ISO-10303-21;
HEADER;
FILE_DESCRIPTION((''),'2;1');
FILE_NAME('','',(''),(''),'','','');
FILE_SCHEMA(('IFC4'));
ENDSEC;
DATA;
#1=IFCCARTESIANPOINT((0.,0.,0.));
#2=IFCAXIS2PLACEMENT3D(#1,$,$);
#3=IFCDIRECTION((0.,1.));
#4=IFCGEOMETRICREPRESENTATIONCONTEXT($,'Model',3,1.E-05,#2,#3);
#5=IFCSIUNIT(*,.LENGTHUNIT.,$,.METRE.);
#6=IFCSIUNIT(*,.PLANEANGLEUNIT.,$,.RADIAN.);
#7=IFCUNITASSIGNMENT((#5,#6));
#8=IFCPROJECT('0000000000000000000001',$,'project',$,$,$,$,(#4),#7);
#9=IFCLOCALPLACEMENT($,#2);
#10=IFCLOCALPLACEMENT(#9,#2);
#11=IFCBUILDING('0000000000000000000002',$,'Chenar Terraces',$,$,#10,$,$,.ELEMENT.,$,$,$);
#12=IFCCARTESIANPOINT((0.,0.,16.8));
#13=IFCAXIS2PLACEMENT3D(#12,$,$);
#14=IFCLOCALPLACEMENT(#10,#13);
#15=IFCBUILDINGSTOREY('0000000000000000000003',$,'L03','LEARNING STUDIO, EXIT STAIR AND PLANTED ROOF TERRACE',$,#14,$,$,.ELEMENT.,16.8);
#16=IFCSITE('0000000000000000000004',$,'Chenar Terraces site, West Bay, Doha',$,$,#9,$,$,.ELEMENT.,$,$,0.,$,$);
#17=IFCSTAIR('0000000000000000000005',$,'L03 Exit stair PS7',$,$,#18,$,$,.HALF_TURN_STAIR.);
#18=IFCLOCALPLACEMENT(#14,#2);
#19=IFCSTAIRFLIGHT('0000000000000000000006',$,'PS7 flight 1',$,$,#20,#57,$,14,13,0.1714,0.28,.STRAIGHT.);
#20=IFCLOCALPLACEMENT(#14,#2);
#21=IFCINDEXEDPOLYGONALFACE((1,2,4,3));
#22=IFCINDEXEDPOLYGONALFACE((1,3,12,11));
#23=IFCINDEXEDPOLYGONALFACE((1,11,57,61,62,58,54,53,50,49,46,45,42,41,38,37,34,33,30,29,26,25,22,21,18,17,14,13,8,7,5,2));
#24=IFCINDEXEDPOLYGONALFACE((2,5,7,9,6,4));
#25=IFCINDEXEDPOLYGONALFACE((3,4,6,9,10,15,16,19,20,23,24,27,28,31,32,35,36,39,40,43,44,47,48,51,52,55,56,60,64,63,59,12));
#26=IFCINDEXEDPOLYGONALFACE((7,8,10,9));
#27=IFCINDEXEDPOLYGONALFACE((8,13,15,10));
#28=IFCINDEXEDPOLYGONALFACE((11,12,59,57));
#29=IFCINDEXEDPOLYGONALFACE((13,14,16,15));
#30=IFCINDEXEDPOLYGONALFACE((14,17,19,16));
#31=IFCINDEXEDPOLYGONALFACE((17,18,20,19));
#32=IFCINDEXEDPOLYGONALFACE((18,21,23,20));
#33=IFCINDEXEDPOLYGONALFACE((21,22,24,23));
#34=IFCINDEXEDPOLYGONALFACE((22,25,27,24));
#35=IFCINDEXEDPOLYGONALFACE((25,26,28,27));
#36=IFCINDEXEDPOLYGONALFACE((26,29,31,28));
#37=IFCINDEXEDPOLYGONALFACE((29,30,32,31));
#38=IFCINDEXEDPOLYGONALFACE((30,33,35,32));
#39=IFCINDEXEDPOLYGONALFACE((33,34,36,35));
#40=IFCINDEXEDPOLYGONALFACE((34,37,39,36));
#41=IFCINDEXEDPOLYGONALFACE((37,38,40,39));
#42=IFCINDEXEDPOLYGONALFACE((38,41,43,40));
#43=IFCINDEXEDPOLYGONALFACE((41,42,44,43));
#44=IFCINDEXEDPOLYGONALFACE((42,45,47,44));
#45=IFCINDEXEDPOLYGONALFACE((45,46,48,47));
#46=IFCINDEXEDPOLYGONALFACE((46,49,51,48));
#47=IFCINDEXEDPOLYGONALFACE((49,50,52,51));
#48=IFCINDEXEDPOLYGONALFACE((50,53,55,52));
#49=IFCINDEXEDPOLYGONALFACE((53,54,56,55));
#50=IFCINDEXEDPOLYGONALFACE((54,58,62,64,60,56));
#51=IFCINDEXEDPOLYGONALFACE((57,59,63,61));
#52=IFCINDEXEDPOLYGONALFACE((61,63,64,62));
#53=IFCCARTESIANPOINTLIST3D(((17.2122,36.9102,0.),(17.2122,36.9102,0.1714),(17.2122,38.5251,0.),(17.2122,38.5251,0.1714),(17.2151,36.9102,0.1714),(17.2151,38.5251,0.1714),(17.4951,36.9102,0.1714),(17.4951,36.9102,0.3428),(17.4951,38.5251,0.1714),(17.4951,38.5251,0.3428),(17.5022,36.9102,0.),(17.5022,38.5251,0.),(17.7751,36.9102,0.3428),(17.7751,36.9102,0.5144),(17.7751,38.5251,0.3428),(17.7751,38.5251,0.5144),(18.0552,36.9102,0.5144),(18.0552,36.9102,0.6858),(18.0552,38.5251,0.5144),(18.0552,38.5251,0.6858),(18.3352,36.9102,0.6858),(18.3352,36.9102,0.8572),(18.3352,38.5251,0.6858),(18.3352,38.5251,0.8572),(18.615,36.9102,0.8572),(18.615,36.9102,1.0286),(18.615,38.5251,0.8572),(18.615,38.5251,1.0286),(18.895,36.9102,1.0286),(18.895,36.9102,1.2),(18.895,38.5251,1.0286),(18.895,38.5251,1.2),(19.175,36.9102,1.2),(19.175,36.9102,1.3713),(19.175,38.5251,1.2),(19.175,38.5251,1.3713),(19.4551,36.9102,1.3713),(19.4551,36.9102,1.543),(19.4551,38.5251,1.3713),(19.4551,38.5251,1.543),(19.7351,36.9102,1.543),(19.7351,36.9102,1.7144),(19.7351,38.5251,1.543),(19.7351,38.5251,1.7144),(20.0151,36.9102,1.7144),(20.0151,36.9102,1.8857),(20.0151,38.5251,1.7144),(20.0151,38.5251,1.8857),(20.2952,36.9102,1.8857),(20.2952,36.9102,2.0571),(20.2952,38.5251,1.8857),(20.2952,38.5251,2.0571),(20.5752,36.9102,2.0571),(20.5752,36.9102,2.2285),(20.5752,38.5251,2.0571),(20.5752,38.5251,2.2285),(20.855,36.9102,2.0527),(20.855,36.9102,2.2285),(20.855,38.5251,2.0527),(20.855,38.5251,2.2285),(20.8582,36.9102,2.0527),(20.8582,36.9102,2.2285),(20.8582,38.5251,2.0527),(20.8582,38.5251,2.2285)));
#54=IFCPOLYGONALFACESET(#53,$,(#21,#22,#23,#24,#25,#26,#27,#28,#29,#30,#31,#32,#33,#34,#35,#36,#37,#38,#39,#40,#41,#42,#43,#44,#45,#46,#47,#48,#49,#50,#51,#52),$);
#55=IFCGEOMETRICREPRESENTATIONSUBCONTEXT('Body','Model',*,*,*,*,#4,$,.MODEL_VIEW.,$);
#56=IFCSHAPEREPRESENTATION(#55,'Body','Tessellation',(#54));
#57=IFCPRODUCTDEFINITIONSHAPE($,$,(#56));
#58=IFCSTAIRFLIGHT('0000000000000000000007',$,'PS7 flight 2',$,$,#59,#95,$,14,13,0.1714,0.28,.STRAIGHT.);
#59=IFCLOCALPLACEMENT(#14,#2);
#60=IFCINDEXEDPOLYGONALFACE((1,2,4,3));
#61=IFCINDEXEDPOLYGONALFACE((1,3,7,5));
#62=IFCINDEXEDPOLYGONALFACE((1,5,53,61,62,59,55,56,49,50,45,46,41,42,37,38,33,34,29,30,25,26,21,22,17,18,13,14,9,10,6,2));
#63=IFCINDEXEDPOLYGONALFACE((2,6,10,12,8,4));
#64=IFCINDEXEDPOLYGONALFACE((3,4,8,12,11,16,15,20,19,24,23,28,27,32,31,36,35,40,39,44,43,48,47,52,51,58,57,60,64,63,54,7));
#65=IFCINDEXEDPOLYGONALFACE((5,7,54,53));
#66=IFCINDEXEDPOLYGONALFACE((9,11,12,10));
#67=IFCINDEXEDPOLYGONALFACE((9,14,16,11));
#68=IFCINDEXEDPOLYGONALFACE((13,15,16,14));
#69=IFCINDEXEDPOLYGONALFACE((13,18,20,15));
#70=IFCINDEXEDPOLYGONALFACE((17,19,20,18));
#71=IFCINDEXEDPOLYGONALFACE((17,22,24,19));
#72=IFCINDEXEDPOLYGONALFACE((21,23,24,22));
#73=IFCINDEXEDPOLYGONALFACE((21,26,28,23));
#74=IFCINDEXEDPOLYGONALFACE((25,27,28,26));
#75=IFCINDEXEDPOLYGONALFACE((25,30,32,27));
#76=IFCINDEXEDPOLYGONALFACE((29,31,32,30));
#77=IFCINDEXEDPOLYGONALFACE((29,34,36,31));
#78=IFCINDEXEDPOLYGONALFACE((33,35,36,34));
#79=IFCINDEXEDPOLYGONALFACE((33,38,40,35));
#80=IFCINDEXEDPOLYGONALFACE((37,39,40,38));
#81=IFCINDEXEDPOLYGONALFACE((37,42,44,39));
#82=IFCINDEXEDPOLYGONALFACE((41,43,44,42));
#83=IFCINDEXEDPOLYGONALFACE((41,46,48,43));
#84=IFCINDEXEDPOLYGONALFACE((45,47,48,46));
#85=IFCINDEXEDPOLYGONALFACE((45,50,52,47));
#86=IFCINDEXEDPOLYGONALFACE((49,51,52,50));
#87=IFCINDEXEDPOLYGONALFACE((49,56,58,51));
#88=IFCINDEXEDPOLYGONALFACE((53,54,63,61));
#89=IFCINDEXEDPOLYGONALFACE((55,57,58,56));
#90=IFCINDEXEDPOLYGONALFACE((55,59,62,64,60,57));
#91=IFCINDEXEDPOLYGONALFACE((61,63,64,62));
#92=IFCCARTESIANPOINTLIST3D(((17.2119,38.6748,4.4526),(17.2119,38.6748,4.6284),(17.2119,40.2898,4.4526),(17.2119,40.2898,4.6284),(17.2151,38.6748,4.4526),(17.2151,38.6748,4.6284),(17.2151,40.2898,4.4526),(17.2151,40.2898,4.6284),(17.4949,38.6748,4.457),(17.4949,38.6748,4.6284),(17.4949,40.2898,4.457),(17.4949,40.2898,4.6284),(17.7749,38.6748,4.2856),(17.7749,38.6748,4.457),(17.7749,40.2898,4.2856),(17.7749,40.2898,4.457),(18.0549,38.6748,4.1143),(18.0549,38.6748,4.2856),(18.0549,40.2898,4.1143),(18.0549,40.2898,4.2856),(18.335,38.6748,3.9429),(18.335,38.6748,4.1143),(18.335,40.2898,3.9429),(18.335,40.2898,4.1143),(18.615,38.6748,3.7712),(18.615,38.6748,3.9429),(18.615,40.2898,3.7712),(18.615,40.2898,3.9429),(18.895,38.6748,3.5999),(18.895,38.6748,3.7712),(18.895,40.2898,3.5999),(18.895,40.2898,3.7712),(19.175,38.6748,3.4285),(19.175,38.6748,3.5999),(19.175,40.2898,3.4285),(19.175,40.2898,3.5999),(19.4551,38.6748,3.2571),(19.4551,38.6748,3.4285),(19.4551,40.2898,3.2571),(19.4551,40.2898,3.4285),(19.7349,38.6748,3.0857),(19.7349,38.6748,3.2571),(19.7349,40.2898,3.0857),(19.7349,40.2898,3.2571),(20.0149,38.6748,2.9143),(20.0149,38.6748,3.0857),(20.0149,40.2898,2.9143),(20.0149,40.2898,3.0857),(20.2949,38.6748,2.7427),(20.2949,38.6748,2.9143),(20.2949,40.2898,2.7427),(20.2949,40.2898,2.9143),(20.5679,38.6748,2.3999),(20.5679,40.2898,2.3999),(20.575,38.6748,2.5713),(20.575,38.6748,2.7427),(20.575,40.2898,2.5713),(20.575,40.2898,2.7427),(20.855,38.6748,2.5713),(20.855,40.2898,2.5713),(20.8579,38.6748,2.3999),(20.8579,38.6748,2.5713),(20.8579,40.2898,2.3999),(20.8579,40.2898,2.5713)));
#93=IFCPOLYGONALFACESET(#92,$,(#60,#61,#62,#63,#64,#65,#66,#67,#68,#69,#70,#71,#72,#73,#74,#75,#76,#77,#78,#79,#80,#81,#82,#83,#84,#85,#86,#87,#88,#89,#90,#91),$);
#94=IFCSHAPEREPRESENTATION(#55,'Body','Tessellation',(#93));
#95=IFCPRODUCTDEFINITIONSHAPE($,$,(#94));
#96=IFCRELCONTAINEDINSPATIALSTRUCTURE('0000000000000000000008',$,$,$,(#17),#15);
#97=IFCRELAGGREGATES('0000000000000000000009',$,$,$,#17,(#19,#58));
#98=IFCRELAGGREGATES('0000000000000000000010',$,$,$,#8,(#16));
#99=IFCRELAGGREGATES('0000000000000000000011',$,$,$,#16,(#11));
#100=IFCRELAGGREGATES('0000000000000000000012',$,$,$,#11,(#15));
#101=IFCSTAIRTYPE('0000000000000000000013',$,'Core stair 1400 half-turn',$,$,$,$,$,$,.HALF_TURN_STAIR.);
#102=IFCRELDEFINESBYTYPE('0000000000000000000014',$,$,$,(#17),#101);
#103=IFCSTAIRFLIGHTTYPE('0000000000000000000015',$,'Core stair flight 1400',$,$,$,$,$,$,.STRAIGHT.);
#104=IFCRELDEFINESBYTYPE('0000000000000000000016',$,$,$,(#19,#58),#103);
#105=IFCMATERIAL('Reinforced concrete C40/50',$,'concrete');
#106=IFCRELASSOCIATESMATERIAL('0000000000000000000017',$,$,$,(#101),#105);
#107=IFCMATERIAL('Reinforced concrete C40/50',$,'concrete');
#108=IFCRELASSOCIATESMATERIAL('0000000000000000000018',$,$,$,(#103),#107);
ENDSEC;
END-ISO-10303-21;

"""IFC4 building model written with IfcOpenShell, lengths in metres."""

from ifc_helpers import new_model, si_unit, direction, frame, origin, place, context, subcontext, project, spatial, polyline, outline, extrude, material, type_object, element, aggregate, save


model = new_model("IFC4")

# Units and contexts
model_context = context("Model", 3, precision=1e-05, world=origin(), true_north=direction((0.0, 1.0)))
body_context = subcontext(model_context, "Body", "Model", "MODEL_VIEW")
ifc_project = project(units=[si_unit("LENGTHUNIT", "METRE"), si_unit("PLANEANGLEUNIT", "RADIAN")], contexts=[model_context])

# Site, building, storey
site_placement = place(None, origin())
site = spatial("IfcSite", under=ifc_project, at=site_placement, Name="Chenar Terraces site, West Bay, Doha", CompositionType="ELEMENT", RefElevation=0.0)
building_placement = place(site_placement, origin())
building = spatial("IfcBuilding", under=site, at=building_placement, Name="Chenar Terraces", CompositionType="ELEMENT")
storey_placement = place(building_placement, frame((0.0, 0.0, 16.8)))
storey = spatial("IfcBuildingStorey", under=building, at=storey_placement, Name="L03", Description="LEARNING STUDIO, EXIT STAIR AND PLANTED ROOF TERRACE", CompositionType="ELEMENT", Elevation=16.8)

# Stair, stair flights
ifc_material_1 = material(Name="Reinforced concrete C40/50", Category="concrete")
stair_type = type_object("IfcStairType", Name="Core stair 1400 half-turn", PredefinedType="HALF_TURN_STAIR", material=ifc_material_1)
stair_placement = place(storey_placement, origin())
stair = element("IfcStair", 1, at=stair_placement, inside=storey, type_object=stair_type, Name="L03 Exit stair PS7", PredefinedType="HALF_TURN_STAIR")
ifc_material_2 = material(Name="Reinforced concrete C40/50", Category="concrete")
stair_flight_type = type_object("IfcStairFlightType", Name="Core stair flight 1400", PredefinedType="STRAIGHT", material=ifc_material_2)
stair_flight_1_placement = place(storey_placement, frame((17.2151, 37.7175, 0.0), z_axis=(0.0, 0.0, 1.0), x_axis=(1.0, 0.0, 0.0)))
stair_flight_1 = element("IfcStairFlight", 2, at=stair_flight_1_placement, type_object=stair_flight_type, Name="PS7 flight 1", NumberOfRisers=14, NumberOfTreads=13, PredefinedType="STRAIGHT", RiserHeight=0.1714, TreadLength=0.28, context=body_context, shape_type="SweptSolid", body=[
    extrude(outline(polyline([(-0.0029, 0.0), (-0.0029, 0.1714), (0.0, 0.1714), (0.28, 0.1714), (0.28, 0.3428), (0.5601, 0.3428), (0.5601, 0.5144), (0.8401, 0.5144), (0.8401, 0.6858), (1.1201, 0.6858), (1.1201, 0.8572), (1.3999, 0.8572), (1.3999, 1.0286), (1.6799, 1.0286), (1.6799, 1.2), (1.96, 1.2), (1.96, 1.3713), (2.24, 1.3713), (2.24, 1.543), (2.52, 1.543), (2.52, 1.7144), (2.8, 1.7144), (2.8, 1.8857), (3.0801, 1.8857), (3.0801, 2.0571), (3.3601, 2.0571), (3.3601, 2.2285), (3.6399, 2.2285), (3.6431, 2.2285), (3.6431, 2.0527), (3.6399, 2.0527), (0.2871, 0.0), (-0.0029, 0.0)])), frame((0.0, 0.8076, 0.0), z_axis=(0.0, -1.0, 0.0), x_axis=(1.0, 0.0, 0.0)), (0.0, 0.0, 1.0), 1.615),
])
stair_flight_2_placement = place(storey_placement, frame((20.855, 39.4824, 2.3999), z_axis=(0.0, 0.0, 1.0), x_axis=(-1.0, 0.0, 0.0)))
stair_flight_2 = element("IfcStairFlight", 3, at=stair_flight_2_placement, type_object=stair_flight_type, Name="PS7 flight 2", NumberOfRisers=14, NumberOfTreads=13, PredefinedType="STRAIGHT", RiserHeight=0.1714, TreadLength=0.28, context=body_context, shape_type="SweptSolid", body=[
    extrude(outline(polyline([(-0.0029, 0.0), (-0.0029, 0.1714), (0.0, 0.1714), (0.28, 0.1714), (0.28, 0.3428), (0.5601, 0.3428), (0.5601, 0.5144), (0.8401, 0.5144), (0.8401, 0.6858), (1.1201, 0.6858), (1.1201, 0.8572), (1.3999, 0.8572), (1.3999, 1.0286), (1.6799, 1.0286), (1.6799, 1.2), (1.96, 1.2), (1.96, 1.3713), (2.24, 1.3713), (2.24, 1.543), (2.52, 1.543), (2.52, 1.7144), (2.8, 1.7144), (2.8, 1.8857), (3.0801, 1.8857), (3.0801, 2.0571), (3.3601, 2.0571), (3.3601, 2.2285), (3.6399, 2.2285), (3.6431, 2.2285), (3.6431, 2.0527), (3.6399, 2.0527), (0.2871, 0.0), (-0.0029, 0.0)])), frame((0.0, 0.8076, 0.0), z_axis=(0.0, -1.0, 0.0), x_axis=(1.0, 0.0, 0.0)), (0.0, 0.0, 1.0), 1.615),
])
aggregate(stair, [stair_flight_1, stair_flight_2])

save(model, "model.ifc")
